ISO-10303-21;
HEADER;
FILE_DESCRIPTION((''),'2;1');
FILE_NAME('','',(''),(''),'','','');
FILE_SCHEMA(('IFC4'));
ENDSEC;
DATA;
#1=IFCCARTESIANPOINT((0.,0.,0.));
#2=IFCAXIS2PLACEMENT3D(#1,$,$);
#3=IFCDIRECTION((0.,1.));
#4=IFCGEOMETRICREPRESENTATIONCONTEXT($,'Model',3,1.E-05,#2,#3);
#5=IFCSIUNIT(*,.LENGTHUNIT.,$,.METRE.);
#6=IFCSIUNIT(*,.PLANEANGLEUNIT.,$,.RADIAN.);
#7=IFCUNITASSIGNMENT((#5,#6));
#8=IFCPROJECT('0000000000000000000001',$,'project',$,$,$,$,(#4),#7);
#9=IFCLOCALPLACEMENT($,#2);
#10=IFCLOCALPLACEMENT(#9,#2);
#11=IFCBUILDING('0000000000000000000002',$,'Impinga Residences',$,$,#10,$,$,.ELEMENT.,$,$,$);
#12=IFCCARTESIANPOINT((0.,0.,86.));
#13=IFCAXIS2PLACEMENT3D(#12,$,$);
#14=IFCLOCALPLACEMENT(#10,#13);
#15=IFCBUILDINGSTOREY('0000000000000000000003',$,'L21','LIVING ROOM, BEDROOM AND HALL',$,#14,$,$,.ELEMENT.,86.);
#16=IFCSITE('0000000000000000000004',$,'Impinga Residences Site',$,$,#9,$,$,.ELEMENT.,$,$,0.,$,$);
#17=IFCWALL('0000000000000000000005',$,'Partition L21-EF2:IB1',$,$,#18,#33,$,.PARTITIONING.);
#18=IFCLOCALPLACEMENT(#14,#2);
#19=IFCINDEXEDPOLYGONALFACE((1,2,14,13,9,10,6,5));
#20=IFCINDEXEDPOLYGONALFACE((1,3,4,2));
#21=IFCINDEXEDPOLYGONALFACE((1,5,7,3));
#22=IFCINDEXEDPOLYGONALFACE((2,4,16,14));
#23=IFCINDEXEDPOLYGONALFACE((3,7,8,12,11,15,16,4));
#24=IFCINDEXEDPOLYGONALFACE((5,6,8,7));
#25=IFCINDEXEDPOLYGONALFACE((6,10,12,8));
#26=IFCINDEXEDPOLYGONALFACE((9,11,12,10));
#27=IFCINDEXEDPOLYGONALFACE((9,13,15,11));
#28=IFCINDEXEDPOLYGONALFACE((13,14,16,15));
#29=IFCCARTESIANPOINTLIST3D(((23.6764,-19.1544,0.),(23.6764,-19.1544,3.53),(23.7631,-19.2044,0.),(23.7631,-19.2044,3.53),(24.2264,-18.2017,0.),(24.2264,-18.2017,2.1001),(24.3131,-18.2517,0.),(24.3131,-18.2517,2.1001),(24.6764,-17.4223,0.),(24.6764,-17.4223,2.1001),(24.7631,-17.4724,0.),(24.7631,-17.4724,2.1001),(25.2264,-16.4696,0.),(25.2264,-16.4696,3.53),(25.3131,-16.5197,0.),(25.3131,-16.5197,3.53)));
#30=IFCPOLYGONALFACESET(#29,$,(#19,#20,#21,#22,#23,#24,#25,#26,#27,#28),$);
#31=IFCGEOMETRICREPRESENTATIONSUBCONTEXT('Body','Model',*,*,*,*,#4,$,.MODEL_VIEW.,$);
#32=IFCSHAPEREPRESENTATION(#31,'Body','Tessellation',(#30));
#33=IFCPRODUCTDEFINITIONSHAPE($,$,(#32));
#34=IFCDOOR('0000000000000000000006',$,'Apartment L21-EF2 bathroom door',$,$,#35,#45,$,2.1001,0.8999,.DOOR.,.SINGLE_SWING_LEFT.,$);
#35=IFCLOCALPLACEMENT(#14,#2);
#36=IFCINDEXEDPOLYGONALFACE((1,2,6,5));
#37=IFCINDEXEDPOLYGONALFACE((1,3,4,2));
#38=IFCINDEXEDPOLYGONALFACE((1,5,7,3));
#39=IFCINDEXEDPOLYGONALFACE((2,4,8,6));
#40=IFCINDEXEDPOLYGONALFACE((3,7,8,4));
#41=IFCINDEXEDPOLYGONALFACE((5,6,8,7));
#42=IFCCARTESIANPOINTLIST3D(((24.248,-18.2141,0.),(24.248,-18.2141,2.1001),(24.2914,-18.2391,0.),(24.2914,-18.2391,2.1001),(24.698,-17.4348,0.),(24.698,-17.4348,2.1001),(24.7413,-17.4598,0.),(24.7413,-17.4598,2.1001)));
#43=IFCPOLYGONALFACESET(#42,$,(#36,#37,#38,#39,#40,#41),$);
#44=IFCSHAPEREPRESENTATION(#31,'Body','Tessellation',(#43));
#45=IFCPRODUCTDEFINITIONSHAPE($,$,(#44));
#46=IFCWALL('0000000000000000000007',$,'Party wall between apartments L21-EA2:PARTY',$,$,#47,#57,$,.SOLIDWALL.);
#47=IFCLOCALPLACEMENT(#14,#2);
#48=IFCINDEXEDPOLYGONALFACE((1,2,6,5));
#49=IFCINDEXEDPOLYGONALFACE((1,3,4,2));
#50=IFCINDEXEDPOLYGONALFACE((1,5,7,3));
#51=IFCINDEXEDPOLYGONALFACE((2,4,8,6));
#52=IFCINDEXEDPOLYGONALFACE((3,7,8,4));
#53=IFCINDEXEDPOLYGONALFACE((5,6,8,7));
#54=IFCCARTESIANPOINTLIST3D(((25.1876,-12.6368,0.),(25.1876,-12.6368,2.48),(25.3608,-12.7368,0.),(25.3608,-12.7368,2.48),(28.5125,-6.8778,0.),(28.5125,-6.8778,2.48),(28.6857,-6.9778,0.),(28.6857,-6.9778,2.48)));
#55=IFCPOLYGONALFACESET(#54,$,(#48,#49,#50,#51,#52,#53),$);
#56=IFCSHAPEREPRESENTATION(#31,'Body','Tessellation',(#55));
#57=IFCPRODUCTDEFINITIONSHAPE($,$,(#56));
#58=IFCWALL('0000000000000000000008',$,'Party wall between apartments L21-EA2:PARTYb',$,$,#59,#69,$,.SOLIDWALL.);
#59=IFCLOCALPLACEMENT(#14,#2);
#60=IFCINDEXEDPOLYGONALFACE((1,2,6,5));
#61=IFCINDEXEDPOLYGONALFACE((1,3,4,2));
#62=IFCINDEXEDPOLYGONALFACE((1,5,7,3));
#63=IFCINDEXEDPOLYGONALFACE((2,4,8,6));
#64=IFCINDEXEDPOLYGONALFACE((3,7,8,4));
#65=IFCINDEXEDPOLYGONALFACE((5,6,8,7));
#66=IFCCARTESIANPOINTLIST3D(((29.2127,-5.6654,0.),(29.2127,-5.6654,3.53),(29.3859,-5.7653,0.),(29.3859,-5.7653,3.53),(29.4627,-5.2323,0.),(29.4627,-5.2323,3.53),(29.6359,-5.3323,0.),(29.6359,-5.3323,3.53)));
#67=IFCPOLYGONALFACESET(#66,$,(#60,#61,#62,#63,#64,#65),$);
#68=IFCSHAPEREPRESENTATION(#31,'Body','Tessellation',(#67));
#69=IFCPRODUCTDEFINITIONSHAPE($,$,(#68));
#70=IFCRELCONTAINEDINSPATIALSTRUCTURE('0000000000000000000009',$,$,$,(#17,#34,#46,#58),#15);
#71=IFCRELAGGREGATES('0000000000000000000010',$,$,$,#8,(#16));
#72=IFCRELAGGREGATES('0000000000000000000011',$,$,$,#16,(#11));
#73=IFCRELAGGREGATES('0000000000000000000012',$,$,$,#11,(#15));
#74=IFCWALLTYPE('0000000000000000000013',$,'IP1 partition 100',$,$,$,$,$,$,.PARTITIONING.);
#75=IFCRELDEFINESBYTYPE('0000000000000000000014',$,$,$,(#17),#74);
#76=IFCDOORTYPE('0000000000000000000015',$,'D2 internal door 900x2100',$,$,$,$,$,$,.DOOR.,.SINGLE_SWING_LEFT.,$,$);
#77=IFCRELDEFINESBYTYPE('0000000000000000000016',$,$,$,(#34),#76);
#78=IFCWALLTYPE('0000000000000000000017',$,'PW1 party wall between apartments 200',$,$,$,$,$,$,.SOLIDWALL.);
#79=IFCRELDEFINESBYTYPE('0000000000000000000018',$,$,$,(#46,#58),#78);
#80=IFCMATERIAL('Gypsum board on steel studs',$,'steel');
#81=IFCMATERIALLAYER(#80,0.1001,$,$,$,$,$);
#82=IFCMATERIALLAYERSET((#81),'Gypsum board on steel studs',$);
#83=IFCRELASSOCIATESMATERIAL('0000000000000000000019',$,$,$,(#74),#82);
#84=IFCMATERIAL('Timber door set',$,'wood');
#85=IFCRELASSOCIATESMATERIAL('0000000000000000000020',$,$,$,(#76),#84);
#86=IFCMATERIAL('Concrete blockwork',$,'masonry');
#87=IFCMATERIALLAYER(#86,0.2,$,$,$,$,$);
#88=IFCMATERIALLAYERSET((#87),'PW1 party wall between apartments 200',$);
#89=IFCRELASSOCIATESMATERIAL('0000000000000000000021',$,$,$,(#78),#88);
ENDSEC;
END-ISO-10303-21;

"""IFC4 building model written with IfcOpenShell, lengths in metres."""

from ifc_helpers import new_model, si_unit, direction, frame, frame_2d, origin, place, context, subcontext, project, spatial, rectangle, extrude, material, layer, layer_set, type_object, element, fill, save


model = new_model("IFC4")

# Units and contexts
model_context = context("Model", 3, precision=1e-05, world=origin(), true_north=direction((0.0, 1.0)))
body_context = subcontext(model_context, "Body", "Model", "MODEL_VIEW")
ifc_project = project(units=[si_unit("LENGTHUNIT", "METRE"), si_unit("PLANEANGLEUNIT", "RADIAN")], contexts=[model_context])

# Site, building, storey
site_placement = place(None, origin())
site = spatial("IfcSite", under=ifc_project, at=site_placement, Name="Impinga Residences Site", CompositionType="ELEMENT", RefElevation=0.0)
building_placement = place(site_placement, origin())
building = spatial("IfcBuilding", under=site, at=building_placement, Name="Impinga Residences", CompositionType="ELEMENT")
storey_placement = place(building_placement, frame((0.0, 0.0, 86.0)))
storey = spatial("IfcBuildingStorey", under=building, at=storey_placement, Name="L21", Description="LIVING ROOM, BEDROOM AND HALL", CompositionType="ELEMENT", Elevation=86.0)

# Shared definitions
ifc_material_1 = material(Name="Gypsum board on steel studs", Category="steel")
ifc_layer_1 = layer(ifc_material_1, 0.1001)
ifc_layer_set_1 = layer_set([ifc_layer_1], Name="Gypsum board on steel studs")
wall_type_1 = type_object("IfcWallType", Name="IP1 partition 100", PredefinedType="PARTITIONING", material=ifc_layer_set_1)

# Shared definitions
ifc_material_2 = material(Name="Timber door set", Category="wood")
door_type = type_object("IfcDoorType", Name="D2 internal door 900x2100", OperationType="SINGLE_SWING_LEFT", PredefinedType="DOOR", material=ifc_material_2)

# Wall, opening, door
wall_1_placement = place(storey_placement, frame((25.2698, -16.4946, 0.0), z_axis=(0.0, 0.0, 1.0), x_axis=(-0.499993, -0.86603, 0.0)))
wall_1 = element("IfcWall", 1, at=wall_1_placement, inside=storey, type_object=wall_type_1, Name="Partition L21-EF2:IB1", PredefinedType="PARTITIONING", context=body_context, shape_type="SweptSolid", body=[
    extrude(rectangle(XDim=3.1001, YDim=0.1001, at=frame_2d((1.55, 0.0))), origin(), (0.0, 0.0, 1.0), 3.53),
])
opening_1_placement = place(wall_1_placement, frame((1.1001, 0.0, 0.0)))
opening_1 = element("IfcOpeningElement", 2, at=opening_1_placement, cuts=wall_1, PredefinedType="OPENING", context=body_context, shape_type="SweptSolid", body=[
    extrude(rectangle(XDim=0.8999, YDim=2.1001, at=frame_2d((0.45, 1.05))), frame((0.0, 0.0601, 0.0), z_axis=(0.0, -1.0, 0.0), x_axis=(1.0, 0.0, 0.0)), (0.0, 0.0, 1.0), 0.1201),
])
door_1_placement = place(opening_1_placement, origin())
door_1 = element("IfcDoor", 3, at=door_1_placement, inside=storey, type_object=door_type, Name="Apartment L21-EF2 bathroom door", OperationType="SINGLE_SWING_LEFT", OverallHeight=2.1001, OverallWidth=0.8999, PredefinedType="DOOR", context=body_context, shape_type="SweptSolid", body=[
    extrude(rectangle(XDim=0.8999, YDim=2.1001, at=frame_2d((0.45, 1.05))), frame((0.0, 0.0249, 0.0), z_axis=(0.0, -1.0, 0.0), x_axis=(1.0, 0.0, 0.0)), (0.0, 0.0, 1.0), 0.05),
])
fill(opening_1, door_1)

# Walls
ifc_material_3 = material(Name="Concrete blockwork", Category="masonry")
ifc_layer_2 = layer(ifc_material_3, 0.2)
ifc_layer_set_2 = layer_set([ifc_layer_2], Name="PW1 party wall between apartments 200")
wall_type_2 = type_object("IfcWallType", Name="PW1 party wall between apartments 200", PredefinedType="SOLIDWALL", material=ifc_layer_set_2)
wall_2_placement = place(storey_placement, frame((25.2742, -12.6868, 0.0), z_axis=(0.0, 0.0, 1.0), x_axis=(0.499997, 0.866027, 0.0)))
element("IfcWall", 4, at=wall_2_placement, inside=storey, type_object=wall_type_2, Name="Party wall between apartments L21-EA2:PARTY", PredefinedType="SOLIDWALL", context=body_context, shape_type="SweptSolid", body=[
    extrude(rectangle(XDim=6.6499, YDim=0.2, at=frame_2d((3.325, 0.0))), origin(), (0.0, 0.0, 1.0), 2.48),
])
wall_3_placement = place(storey_placement, frame((29.2993, -5.7153, 0.0), z_axis=(0.0, 0.0, 1.0), x_axis=(0.49992, 0.866072, 0.0)))
element("IfcWall", 5, at=wall_3_placement, inside=storey, type_object=wall_type_2, Name="Party wall between apartments L21-EA2:PARTYb", PredefinedType="SOLIDWALL", context=body_context, shape_type="SweptSolid", body=[
    extrude(rectangle(XDim=0.5, YDim=0.2, at=frame_2d((0.25, 0.0))), origin(), (0.0, 0.0, 1.0), 3.53),
])

save(model, "model.ifc")
